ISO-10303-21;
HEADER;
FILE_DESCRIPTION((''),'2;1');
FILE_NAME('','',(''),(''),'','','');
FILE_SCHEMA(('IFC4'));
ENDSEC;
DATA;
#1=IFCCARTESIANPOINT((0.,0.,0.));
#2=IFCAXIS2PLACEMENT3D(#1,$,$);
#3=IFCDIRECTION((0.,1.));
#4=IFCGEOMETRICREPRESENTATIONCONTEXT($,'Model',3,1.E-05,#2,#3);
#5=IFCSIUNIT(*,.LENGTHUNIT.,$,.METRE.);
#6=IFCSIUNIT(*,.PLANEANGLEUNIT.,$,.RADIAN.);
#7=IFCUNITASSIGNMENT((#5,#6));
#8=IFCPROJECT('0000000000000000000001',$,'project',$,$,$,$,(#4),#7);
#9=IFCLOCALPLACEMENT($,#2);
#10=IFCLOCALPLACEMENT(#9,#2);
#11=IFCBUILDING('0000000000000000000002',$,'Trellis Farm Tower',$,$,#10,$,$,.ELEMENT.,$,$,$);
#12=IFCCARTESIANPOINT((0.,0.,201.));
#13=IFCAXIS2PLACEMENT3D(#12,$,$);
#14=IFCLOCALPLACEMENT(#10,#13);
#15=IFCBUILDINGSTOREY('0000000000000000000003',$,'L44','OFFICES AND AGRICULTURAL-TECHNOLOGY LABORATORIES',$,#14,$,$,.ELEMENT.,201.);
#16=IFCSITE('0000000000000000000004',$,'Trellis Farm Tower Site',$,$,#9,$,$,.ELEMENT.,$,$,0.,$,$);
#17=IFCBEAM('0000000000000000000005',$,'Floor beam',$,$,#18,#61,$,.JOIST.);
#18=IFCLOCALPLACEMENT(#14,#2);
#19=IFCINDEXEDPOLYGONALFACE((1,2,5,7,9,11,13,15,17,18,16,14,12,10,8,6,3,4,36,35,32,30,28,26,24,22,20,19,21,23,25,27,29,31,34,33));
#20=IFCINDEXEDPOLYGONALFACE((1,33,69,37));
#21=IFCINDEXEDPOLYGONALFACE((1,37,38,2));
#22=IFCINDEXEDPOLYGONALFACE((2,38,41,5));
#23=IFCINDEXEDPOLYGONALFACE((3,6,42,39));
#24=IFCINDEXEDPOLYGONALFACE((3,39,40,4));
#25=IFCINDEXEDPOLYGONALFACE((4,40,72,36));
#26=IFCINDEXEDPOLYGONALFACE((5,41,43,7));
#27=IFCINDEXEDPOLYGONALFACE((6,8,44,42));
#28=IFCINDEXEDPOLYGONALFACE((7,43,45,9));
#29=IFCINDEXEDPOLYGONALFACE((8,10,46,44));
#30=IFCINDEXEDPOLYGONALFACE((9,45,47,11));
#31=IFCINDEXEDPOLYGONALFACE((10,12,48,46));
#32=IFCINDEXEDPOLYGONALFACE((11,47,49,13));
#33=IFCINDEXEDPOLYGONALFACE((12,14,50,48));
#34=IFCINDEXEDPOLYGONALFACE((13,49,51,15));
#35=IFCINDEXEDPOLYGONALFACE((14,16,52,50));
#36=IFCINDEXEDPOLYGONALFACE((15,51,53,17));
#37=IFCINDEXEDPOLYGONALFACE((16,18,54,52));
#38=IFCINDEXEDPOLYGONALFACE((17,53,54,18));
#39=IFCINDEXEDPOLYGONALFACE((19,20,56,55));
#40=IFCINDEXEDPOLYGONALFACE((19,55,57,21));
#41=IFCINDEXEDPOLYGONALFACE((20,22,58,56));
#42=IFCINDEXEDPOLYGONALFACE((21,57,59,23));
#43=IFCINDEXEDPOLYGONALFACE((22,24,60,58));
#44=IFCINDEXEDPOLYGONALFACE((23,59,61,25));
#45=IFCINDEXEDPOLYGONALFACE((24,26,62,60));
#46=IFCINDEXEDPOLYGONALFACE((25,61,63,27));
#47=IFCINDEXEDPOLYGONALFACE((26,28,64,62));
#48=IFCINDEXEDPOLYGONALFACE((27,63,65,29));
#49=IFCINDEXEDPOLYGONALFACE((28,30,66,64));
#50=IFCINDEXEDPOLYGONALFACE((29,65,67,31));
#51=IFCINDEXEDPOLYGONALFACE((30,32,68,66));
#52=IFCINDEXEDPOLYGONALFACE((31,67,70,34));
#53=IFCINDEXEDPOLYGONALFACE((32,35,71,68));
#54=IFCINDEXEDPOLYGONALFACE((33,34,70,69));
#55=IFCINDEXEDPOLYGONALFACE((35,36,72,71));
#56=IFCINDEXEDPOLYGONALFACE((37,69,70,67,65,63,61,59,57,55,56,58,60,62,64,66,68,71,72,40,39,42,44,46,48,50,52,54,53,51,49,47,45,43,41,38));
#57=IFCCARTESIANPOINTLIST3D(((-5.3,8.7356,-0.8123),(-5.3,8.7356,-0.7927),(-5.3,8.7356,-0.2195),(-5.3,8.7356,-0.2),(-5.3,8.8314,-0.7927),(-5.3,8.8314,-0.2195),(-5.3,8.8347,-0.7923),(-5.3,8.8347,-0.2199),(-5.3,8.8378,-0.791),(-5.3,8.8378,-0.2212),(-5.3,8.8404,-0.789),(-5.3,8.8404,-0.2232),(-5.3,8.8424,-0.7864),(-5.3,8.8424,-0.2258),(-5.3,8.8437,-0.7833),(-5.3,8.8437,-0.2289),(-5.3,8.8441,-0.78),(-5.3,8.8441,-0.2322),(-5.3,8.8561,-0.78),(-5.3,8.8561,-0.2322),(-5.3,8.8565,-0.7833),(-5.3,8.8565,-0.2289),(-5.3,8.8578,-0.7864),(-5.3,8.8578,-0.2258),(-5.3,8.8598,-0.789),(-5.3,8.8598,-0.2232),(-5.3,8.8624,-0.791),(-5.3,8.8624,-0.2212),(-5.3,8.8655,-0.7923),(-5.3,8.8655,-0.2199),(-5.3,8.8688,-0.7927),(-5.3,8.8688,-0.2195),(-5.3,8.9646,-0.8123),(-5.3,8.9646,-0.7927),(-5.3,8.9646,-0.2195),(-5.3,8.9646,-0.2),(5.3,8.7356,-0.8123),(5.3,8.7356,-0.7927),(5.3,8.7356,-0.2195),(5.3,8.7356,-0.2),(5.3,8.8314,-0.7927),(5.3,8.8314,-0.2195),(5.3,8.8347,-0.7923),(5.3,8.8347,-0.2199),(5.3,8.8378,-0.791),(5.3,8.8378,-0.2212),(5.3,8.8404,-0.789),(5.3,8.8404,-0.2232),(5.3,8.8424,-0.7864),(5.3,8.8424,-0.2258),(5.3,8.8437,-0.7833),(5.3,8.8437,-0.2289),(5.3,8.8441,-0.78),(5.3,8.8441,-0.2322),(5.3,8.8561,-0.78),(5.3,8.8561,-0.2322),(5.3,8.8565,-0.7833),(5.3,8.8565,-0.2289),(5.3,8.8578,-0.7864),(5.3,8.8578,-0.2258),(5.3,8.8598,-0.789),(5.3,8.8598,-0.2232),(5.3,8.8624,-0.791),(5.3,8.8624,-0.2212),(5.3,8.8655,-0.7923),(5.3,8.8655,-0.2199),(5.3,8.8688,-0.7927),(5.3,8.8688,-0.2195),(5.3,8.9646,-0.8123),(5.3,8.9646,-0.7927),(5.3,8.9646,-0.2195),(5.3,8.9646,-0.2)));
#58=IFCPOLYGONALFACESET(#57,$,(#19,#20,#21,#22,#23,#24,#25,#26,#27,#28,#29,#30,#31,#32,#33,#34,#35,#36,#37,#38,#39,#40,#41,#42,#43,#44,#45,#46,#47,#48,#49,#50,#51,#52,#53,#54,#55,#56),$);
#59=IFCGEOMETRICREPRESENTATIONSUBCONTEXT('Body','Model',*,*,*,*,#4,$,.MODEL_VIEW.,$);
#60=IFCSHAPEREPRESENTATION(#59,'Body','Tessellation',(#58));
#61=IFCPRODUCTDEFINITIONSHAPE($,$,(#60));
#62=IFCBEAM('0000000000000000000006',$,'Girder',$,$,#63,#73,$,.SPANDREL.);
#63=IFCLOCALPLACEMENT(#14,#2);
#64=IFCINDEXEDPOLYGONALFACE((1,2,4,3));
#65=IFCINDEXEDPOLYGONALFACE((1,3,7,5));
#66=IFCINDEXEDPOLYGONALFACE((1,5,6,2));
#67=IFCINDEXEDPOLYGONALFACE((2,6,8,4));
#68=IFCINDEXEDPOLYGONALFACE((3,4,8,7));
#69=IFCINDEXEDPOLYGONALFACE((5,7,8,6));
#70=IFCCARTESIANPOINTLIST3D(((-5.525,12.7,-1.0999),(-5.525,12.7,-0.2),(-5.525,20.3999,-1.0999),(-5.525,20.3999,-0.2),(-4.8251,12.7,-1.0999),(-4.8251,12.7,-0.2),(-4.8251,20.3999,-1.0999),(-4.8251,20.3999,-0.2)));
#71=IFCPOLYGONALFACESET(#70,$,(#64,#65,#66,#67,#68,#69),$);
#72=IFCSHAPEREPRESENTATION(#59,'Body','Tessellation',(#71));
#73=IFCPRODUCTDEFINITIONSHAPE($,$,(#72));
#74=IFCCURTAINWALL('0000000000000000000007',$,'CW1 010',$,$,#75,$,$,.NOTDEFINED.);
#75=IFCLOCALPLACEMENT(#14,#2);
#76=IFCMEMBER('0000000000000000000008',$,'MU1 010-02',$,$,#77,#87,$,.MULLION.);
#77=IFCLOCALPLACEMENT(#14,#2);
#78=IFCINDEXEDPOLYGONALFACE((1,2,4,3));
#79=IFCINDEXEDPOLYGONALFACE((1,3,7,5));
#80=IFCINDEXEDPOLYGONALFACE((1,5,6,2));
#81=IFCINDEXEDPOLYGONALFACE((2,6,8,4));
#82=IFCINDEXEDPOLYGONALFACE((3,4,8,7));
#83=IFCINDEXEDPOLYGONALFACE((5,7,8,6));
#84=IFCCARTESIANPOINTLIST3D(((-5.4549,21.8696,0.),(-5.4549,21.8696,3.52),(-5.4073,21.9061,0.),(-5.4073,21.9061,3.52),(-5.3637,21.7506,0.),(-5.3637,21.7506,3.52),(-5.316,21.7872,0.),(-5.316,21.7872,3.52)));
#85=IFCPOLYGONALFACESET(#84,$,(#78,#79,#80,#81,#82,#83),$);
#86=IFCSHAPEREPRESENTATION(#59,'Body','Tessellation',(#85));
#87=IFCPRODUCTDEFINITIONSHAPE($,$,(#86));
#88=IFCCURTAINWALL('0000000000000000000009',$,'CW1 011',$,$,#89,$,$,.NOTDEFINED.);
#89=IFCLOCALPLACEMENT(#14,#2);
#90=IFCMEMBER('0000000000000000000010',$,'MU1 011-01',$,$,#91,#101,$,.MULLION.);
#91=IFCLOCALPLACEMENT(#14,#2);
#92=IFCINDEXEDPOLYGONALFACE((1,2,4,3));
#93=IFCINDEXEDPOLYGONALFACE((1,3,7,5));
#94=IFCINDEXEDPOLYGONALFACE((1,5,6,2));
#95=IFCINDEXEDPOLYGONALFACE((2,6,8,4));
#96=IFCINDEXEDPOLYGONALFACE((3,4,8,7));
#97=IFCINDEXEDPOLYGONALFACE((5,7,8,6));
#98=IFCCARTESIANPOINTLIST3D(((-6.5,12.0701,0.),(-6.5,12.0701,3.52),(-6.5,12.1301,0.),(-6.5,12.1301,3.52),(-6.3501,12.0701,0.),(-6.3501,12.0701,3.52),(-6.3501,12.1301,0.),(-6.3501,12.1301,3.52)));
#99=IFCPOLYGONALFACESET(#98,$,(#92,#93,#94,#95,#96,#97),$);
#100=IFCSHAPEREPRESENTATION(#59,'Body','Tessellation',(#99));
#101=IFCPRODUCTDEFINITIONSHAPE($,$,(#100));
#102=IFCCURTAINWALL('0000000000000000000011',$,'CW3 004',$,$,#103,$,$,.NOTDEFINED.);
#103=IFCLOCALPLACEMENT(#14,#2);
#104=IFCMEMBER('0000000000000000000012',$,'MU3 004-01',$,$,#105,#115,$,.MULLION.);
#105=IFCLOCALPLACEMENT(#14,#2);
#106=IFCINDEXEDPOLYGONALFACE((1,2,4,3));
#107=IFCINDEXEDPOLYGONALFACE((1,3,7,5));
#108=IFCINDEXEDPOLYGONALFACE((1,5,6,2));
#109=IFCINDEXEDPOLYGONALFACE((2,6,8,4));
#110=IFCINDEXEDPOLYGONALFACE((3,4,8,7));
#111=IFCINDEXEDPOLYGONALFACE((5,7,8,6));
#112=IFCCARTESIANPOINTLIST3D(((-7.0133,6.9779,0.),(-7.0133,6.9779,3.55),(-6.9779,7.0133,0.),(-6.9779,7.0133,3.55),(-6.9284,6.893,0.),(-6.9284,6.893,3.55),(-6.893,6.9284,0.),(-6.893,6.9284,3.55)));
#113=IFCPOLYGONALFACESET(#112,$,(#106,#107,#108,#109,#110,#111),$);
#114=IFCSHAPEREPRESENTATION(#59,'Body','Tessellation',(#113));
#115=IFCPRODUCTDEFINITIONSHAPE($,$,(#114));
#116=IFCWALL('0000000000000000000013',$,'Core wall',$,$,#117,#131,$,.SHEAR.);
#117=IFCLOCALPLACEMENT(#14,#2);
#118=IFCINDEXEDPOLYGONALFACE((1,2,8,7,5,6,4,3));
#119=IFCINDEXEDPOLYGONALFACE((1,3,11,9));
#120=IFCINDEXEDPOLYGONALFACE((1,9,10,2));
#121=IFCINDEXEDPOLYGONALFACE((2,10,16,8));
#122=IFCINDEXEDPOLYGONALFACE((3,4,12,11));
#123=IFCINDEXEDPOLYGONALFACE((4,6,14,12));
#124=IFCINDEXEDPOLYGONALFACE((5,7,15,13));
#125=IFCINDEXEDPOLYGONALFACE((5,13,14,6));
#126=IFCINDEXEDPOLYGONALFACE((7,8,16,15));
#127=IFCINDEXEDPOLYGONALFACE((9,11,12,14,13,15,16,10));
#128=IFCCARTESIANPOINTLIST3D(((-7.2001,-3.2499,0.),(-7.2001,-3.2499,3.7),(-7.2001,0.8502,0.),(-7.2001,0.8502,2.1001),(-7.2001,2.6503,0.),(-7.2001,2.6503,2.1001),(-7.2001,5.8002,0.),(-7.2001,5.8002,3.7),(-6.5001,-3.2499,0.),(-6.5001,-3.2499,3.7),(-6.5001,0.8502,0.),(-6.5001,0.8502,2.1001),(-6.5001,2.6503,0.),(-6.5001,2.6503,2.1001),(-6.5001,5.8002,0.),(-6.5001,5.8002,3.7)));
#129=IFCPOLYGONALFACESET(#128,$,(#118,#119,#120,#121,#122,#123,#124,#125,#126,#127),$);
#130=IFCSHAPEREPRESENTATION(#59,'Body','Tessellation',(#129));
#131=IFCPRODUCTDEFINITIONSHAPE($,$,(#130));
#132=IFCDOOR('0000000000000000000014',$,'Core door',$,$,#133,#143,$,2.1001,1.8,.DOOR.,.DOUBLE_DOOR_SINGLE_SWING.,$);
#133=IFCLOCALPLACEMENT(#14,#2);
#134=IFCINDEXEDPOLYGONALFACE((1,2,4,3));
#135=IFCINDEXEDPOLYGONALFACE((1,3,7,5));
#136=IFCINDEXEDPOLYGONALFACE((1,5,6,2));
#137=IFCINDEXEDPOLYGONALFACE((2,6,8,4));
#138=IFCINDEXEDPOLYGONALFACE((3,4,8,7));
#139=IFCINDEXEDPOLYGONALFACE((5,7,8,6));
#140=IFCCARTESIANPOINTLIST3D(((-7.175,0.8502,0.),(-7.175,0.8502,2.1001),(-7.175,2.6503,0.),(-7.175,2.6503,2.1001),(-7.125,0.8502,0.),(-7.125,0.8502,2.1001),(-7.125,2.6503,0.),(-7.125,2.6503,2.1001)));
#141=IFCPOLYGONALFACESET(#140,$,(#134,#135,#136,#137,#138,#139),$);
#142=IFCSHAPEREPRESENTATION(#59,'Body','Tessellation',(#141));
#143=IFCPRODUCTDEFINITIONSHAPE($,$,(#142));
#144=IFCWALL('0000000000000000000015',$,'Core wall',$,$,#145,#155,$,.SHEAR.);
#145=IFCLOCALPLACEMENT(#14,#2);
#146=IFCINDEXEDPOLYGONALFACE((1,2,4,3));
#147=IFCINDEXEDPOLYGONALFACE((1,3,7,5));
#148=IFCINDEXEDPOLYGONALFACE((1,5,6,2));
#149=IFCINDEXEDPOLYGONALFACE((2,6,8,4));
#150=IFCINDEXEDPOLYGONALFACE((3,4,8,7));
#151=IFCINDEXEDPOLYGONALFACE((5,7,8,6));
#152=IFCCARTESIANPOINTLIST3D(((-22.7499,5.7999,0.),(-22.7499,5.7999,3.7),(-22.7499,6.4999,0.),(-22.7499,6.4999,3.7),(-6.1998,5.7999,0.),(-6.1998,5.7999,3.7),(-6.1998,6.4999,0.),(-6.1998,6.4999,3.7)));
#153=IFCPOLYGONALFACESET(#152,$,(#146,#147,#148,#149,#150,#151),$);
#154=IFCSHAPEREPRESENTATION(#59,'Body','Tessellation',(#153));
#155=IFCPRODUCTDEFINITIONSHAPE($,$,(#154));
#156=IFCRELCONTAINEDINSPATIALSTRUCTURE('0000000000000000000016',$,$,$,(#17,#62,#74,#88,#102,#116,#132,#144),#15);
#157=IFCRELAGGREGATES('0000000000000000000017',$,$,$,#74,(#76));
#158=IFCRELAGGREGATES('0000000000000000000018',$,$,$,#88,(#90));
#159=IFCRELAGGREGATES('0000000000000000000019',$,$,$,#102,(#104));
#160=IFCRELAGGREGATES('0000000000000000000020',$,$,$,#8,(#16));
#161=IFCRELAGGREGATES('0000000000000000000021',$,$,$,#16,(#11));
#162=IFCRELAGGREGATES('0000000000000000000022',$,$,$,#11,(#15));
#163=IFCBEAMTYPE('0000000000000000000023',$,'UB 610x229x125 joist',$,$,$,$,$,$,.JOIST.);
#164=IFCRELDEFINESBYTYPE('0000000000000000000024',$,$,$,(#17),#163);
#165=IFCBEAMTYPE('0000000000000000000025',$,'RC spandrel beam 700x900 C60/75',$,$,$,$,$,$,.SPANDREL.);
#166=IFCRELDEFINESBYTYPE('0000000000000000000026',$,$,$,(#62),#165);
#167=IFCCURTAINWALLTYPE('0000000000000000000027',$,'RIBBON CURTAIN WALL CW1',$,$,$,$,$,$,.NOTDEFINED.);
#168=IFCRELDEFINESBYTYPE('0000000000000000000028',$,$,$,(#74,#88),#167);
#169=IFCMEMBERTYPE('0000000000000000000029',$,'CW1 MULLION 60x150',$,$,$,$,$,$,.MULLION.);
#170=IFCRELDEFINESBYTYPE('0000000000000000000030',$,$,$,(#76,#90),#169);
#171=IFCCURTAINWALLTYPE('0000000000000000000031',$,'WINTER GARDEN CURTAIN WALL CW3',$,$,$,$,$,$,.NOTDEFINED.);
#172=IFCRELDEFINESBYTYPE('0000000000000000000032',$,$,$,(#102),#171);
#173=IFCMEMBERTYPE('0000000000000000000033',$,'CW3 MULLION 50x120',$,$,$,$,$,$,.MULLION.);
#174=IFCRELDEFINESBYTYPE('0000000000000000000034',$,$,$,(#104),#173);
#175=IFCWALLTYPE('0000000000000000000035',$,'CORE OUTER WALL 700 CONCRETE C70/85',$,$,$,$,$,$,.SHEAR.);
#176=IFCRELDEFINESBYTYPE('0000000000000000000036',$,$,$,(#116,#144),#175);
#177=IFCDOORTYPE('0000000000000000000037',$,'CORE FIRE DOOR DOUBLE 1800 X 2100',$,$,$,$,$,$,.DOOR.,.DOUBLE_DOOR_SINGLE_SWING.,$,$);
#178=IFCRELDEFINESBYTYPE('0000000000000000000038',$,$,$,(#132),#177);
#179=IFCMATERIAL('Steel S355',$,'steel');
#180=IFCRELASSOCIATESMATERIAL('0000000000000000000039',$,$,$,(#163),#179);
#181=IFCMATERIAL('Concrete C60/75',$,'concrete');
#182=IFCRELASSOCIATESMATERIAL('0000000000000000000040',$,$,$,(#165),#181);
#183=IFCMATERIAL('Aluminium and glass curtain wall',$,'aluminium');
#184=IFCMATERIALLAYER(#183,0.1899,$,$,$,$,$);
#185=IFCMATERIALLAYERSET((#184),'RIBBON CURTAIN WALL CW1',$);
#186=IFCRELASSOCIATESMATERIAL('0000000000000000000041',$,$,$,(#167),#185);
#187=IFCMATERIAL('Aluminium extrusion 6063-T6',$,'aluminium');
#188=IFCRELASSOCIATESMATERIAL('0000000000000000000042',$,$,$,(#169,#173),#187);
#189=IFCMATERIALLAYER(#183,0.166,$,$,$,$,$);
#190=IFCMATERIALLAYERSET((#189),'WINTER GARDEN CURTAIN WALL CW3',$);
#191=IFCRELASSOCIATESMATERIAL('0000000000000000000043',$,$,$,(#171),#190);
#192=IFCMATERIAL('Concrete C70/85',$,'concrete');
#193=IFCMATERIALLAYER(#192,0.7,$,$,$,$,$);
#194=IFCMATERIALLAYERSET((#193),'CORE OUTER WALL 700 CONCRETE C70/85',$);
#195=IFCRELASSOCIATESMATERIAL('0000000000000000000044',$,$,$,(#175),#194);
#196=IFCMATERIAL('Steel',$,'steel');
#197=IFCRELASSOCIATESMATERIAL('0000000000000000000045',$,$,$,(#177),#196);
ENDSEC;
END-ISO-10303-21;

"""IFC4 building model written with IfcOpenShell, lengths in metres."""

from ifc_helpers import new_model, si_unit, direction, frame, frame_2d, origin, origin_2d, place, context, subcontext, project, spatial, rectangle, i_section, extrude, source, transform, mapped, material, layer, layer_set, material_profile, profile_set, type_object, element, fill, aggregate, save


model = new_model("IFC4")

# Units and contexts
model_context = context("Model", 3, precision=1e-05, world=origin(), true_north=direction((0.0, 1.0)))
body_context = subcontext(model_context, "Body", "Model", "MODEL_VIEW")
ifc_project = project(units=[si_unit("LENGTHUNIT", "METRE"), si_unit("PLANEANGLEUNIT", "RADIAN")], contexts=[model_context])

# Site, building, storey
site_placement = place(None, origin())
site = spatial("IfcSite", under=ifc_project, at=site_placement, Name="Trellis Farm Tower Site", CompositionType="ELEMENT", RefElevation=0.0)
building_placement = place(site_placement, origin())
building = spatial("IfcBuilding", under=site, at=building_placement, Name="Trellis Farm Tower", CompositionType="ELEMENT")
storey_placement = place(building_placement, frame((0.0, 0.0, 201.0)))
storey = spatial("IfcBuildingStorey", under=building, at=storey_placement, Name="L44", Description="OFFICES AND AGRICULTURAL-TECHNOLOGY LABORATORIES", CompositionType="ELEMENT", Elevation=201.0)

# Shared definitions
ifc_material_1 = material(Name="Concrete C70/85", Category="concrete")

# Beams
ifc_material_2 = material(Name="Concrete C60/75", Category="concrete")
ifc_material_3 = material(Name="Steel S355", Category="steel")
ifc_material_profile_1 = material_profile(ifc_material_3, i_section(OverallWidth=0.229, OverallDepth=0.6123, WebThickness=0.012, FlangeThickness=0.0195, FilletRadius=0.0127, at=origin_2d()), Name="UB 610x229x125")
ifc_profile_set_1 = profile_set([ifc_material_profile_1], Name="Steel S355")
beam_type_1 = type_object("IfcBeamType", Name="UB 610x229x125 joist", PredefinedType="JOIST", material=ifc_profile_set_1)
shared_shape_1 = source(origin(), body_context, "Body", "SweptSolid", [
    extrude(i_section(OverallWidth=0.229, OverallDepth=0.6123, WebThickness=0.012, FlangeThickness=0.0195, FilletRadius=0.0127, at=origin_2d()), origin(), (0.0, 0.0, 1.0), 10.6001),
])
beam_1_placement = place(storey_placement, frame((-5.3, 8.8501, -0.5061), z_axis=(1.0, 0.0, 0.0), x_axis=(0.0, 1.0, 0.0)))
element("IfcBeam", 1, at=beam_1_placement, inside=storey, type_object=beam_type_1, Name="Floor beam", PredefinedType="JOIST", context=body_context, shape_type="MappedRepresentation", body=[
    mapped(shared_shape_1, transform((0.0, 0.0, 0.0))),
])
ifc_material_profile_2 = material_profile(ifc_material_2, rectangle(XDim=0.7, YDim=0.8999, at=origin_2d()), Name="RC spandrel beam 700x900 C60/75")
ifc_profile_set_2 = profile_set([ifc_material_profile_2], Name="Concrete C60/75")
beam_type_2 = type_object("IfcBeamType", Name="RC spandrel beam 700x900 C60/75", PredefinedType="SPANDREL", material=ifc_profile_set_2)
shared_shape_2 = source(origin(), body_context, "Body", "SweptSolid", [
    extrude(rectangle(XDim=0.7, YDim=0.8999, at=origin_2d()), origin(), (0.0, 0.0, 1.0), 7.7),
])
beam_2_placement = place(storey_placement, frame((-5.175, 12.7, -0.6499), z_axis=(0.0, 1.0, 0.0), x_axis=(-1.0, 0.0, 0.0)))
element("IfcBeam", 2, at=beam_2_placement, inside=storey, type_object=beam_type_2, Name="Girder", PredefinedType="SPANDREL", context=body_context, shape_type="MappedRepresentation", body=[
    mapped(shared_shape_2, transform((0.0, 0.0, 0.0))),
])

# Curtain walls, members
ifc_material_4 = material(Name="Aluminium and glass curtain wall", Category="aluminium")
ifc_layer_1 = layer(ifc_material_4, 0.1899)
ifc_layer_set_1 = layer_set([ifc_layer_1], Name="RIBBON CURTAIN WALL CW1")
curtain_wall_type_1 = type_object("IfcCurtainWallType", Name="RIBBON CURTAIN WALL CW1", PredefinedType="NOTDEFINED", material=ifc_layer_set_1)
placement = place(storey_placement, origin())
curtain_wall_1 = element("IfcCurtainWall", 3, at=placement, inside=storey, type_object=curtain_wall_type_1, Name="CW1 010", PredefinedType="NOTDEFINED")
ifc_material_5 = material(Name="Aluminium extrusion 6063-T6", Category="aluminium")
ifc_material_profile_3 = material_profile(ifc_material_5, rectangle(XDim=0.0601, YDim=0.1499, at=origin_2d()), Name="MULLION 60x150")
ifc_profile_set_3 = profile_set([ifc_material_profile_3], Name="Aluminium extrusion 6063-T6")
member_type_1 = type_object("IfcMemberType", Name="CW1 MULLION 60x150", PredefinedType="MULLION", material=ifc_profile_set_3)
shared_shape_3 = source(origin(), body_context, "Body", "SweptSolid", [
    extrude(rectangle(XDim=0.0601, YDim=0.1499, at=origin_2d()), origin(), (0.0, 0.0, 1.0), 3.52),
])
member_1_placement = place(storey_placement, frame((-5.3855, 21.8284, 0.0), z_axis=(0.0, 0.0, 1.0), x_axis=(-0.793353, -0.608761, 0.0)))
member_1 = element("IfcMember", 4, at=member_1_placement, type_object=member_type_1, Name="MU1 010-02", PredefinedType="MULLION", context=body_context, shape_type="MappedRepresentation", body=[
    mapped(shared_shape_3, transform((0.0, 0.0, 0.0))),
])
aggregate(curtain_wall_1, [member_1])
curtain_wall_2 = element("IfcCurtainWall", 5, at=placement, inside=storey, type_object=curtain_wall_type_1, Name="CW1 011", PredefinedType="NOTDEFINED")
member_2_placement = place(storey_placement, frame((-6.425, 12.1001, 0.0), z_axis=(0.0, 0.0, 1.0), x_axis=(0.0, -1.0, 0.0)))
member_2 = element("IfcMember", 6, at=member_2_placement, type_object=member_type_1, Name="MU1 011-01", PredefinedType="MULLION", context=body_context, shape_type="MappedRepresentation", body=[
    mapped(shared_shape_3, transform((0.0, 0.0, 0.0))),
])
aggregate(curtain_wall_2, [member_2])
ifc_layer_2 = layer(ifc_material_4, 0.166)
ifc_layer_set_2 = layer_set([ifc_layer_2], Name="WINTER GARDEN CURTAIN WALL CW3")
curtain_wall_type_2 = type_object("IfcCurtainWallType", Name="WINTER GARDEN CURTAIN WALL CW3", PredefinedType="NOTDEFINED", material=ifc_layer_set_2)
curtain_wall_3 = element("IfcCurtainWall", 7, at=placement, inside=storey, type_object=curtain_wall_type_2, Name="CW3 004", PredefinedType="NOTDEFINED")
ifc_material_profile_4 = material_profile(ifc_material_5, rectangle(XDim=0.05, YDim=0.1201, at=origin_2d()), Name="MULLION 50x120")
ifc_profile_set_4 = profile_set([ifc_material_profile_4], Name="Aluminium extrusion 6063-T6")
member_type_2 = type_object("IfcMemberType", Name="CW3 MULLION 50x120", PredefinedType="MULLION", material=ifc_profile_set_4)
shared_shape_4 = source(origin(), body_context, "Body", "SweptSolid", [
    extrude(rectangle(XDim=0.05, YDim=0.1201, at=origin_2d()), origin(), (0.0, 0.0, 1.0), 3.55),
])
member_3_placement = place(storey_placement, frame((-6.9531, 6.9531, 0.0), z_axis=(0.0, 0.0, 1.0), x_axis=(-0.707107, -0.707107, 0.0)))
member_3 = element("IfcMember", 8, at=member_3_placement, type_object=member_type_2, Name="MU3 004-01", PredefinedType="MULLION", context=body_context, shape_type="MappedRepresentation", body=[
    mapped(shared_shape_4, transform((0.0, 0.0, 0.0))),
])
aggregate(curtain_wall_3, [member_3])

# Wall, opening, door
ifc_layer_3 = layer(ifc_material_1, 0.7)
ifc_layer_set_3 = layer_set([ifc_layer_3], Name="CORE OUTER WALL 700 CONCRETE C70/85")
wall_type_1 = type_object("IfcWallType", Name="CORE OUTER WALL 700 CONCRETE C70/85", PredefinedType="SHEAR", material=ifc_layer_set_3)
shared_shape_5 = source(origin(), body_context, "Body", "SweptSolid", [
    extrude(rectangle(XDim=9.05, YDim=0.7, at=frame_2d((4.5249, 0.0))), origin(), (0.0, 0.0, 1.0), 3.7),
])
wall_1_placement = place(storey_placement, frame((-6.8501, 5.8, 0.0), z_axis=(0.0, 0.0, 1.0), x_axis=(0.0, -1.0, 0.0)))
wall_1 = element("IfcWall", 9, at=wall_1_placement, inside=storey, type_object=wall_type_1, Name="Core wall", PredefinedType="SHEAR", context=body_context, shape_type="MappedRepresentation", body=[
    mapped(shared_shape_5, transform((0.0, 0.0, 0.0))),
])
shared_shape_6 = source(origin(), body_context, "Body", "SweptSolid", [
    extrude(rectangle(XDim=1.8, YDim=2.1001, at=frame_2d((0.8999, 1.05))), frame((0.0, 0.3601, 0.0), z_axis=(0.0, -1.0, 0.0), x_axis=(1.0, 0.0, 0.0)), (0.0, 0.0, 1.0), 0.7202),
])
opening_1_placement = place(wall_1_placement, frame((3.1499, 0.0, 0.0)))
opening_1 = element("IfcOpeningElement", 10, at=opening_1_placement, cuts=wall_1, PredefinedType="OPENING", context=body_context, shape_type="MappedRepresentation", body=[
    mapped(shared_shape_6, transform((0.0, 0.0, 0.0))),
])
ifc_material_6 = material(Name="Steel", Category="steel")
door_type_1 = type_object("IfcDoorType", Name="CORE FIRE DOOR DOUBLE 1800 X 2100", OperationType="DOUBLE_DOOR_SINGLE_SWING", PredefinedType="DOOR", material=ifc_material_6)
shared_shape_7 = source(origin(), body_context, "Body", "SweptSolid", [
    extrude(rectangle(XDim=1.8, YDim=2.1001, at=frame_2d((0.8999, 1.05))), frame((0.0, -0.2749, 0.0), z_axis=(0.0, -1.0, 0.0), x_axis=(1.0, 0.0, 0.0)), (0.0, 0.0, 1.0), 0.05),
])
door_1_placement = place(opening_1_placement, origin())
door_1 = element("IfcDoor", 11, at=door_1_placement, inside=storey, type_object=door_type_1, Name="Core door", OperationType="DOUBLE_DOOR_SINGLE_SWING", OverallHeight=2.1001, OverallWidth=1.8, PredefinedType="DOOR", context=body_context, shape_type="MappedRepresentation", body=[
    mapped(shared_shape_7, transform((0.0, 0.0, 0.0))),
])
fill(opening_1, door_1)

# Wall
shared_shape_8 = source(origin(), body_context, "Body", "SweptSolid", [
    extrude(rectangle(XDim=16.55, YDim=0.7, at=frame_2d((8.2749, 0.0))), origin(), (0.0, 0.0, 1.0), 3.7),
])
wall_2_placement = place(storey_placement, frame((-6.2, 6.1499, 0.0), z_axis=(0.0, 0.0, 1.0), x_axis=(-1.0, 0.0, 0.0)))
element("IfcWall", 12, at=wall_2_placement, inside=storey, type_object=wall_type_1, Name="Core wall", PredefinedType="SHEAR", context=body_context, shape_type="MappedRepresentation", body=[
    mapped(shared_shape_8, transform((0.0, 0.0, 0.0))),
])

save(model, "model.ifc")
